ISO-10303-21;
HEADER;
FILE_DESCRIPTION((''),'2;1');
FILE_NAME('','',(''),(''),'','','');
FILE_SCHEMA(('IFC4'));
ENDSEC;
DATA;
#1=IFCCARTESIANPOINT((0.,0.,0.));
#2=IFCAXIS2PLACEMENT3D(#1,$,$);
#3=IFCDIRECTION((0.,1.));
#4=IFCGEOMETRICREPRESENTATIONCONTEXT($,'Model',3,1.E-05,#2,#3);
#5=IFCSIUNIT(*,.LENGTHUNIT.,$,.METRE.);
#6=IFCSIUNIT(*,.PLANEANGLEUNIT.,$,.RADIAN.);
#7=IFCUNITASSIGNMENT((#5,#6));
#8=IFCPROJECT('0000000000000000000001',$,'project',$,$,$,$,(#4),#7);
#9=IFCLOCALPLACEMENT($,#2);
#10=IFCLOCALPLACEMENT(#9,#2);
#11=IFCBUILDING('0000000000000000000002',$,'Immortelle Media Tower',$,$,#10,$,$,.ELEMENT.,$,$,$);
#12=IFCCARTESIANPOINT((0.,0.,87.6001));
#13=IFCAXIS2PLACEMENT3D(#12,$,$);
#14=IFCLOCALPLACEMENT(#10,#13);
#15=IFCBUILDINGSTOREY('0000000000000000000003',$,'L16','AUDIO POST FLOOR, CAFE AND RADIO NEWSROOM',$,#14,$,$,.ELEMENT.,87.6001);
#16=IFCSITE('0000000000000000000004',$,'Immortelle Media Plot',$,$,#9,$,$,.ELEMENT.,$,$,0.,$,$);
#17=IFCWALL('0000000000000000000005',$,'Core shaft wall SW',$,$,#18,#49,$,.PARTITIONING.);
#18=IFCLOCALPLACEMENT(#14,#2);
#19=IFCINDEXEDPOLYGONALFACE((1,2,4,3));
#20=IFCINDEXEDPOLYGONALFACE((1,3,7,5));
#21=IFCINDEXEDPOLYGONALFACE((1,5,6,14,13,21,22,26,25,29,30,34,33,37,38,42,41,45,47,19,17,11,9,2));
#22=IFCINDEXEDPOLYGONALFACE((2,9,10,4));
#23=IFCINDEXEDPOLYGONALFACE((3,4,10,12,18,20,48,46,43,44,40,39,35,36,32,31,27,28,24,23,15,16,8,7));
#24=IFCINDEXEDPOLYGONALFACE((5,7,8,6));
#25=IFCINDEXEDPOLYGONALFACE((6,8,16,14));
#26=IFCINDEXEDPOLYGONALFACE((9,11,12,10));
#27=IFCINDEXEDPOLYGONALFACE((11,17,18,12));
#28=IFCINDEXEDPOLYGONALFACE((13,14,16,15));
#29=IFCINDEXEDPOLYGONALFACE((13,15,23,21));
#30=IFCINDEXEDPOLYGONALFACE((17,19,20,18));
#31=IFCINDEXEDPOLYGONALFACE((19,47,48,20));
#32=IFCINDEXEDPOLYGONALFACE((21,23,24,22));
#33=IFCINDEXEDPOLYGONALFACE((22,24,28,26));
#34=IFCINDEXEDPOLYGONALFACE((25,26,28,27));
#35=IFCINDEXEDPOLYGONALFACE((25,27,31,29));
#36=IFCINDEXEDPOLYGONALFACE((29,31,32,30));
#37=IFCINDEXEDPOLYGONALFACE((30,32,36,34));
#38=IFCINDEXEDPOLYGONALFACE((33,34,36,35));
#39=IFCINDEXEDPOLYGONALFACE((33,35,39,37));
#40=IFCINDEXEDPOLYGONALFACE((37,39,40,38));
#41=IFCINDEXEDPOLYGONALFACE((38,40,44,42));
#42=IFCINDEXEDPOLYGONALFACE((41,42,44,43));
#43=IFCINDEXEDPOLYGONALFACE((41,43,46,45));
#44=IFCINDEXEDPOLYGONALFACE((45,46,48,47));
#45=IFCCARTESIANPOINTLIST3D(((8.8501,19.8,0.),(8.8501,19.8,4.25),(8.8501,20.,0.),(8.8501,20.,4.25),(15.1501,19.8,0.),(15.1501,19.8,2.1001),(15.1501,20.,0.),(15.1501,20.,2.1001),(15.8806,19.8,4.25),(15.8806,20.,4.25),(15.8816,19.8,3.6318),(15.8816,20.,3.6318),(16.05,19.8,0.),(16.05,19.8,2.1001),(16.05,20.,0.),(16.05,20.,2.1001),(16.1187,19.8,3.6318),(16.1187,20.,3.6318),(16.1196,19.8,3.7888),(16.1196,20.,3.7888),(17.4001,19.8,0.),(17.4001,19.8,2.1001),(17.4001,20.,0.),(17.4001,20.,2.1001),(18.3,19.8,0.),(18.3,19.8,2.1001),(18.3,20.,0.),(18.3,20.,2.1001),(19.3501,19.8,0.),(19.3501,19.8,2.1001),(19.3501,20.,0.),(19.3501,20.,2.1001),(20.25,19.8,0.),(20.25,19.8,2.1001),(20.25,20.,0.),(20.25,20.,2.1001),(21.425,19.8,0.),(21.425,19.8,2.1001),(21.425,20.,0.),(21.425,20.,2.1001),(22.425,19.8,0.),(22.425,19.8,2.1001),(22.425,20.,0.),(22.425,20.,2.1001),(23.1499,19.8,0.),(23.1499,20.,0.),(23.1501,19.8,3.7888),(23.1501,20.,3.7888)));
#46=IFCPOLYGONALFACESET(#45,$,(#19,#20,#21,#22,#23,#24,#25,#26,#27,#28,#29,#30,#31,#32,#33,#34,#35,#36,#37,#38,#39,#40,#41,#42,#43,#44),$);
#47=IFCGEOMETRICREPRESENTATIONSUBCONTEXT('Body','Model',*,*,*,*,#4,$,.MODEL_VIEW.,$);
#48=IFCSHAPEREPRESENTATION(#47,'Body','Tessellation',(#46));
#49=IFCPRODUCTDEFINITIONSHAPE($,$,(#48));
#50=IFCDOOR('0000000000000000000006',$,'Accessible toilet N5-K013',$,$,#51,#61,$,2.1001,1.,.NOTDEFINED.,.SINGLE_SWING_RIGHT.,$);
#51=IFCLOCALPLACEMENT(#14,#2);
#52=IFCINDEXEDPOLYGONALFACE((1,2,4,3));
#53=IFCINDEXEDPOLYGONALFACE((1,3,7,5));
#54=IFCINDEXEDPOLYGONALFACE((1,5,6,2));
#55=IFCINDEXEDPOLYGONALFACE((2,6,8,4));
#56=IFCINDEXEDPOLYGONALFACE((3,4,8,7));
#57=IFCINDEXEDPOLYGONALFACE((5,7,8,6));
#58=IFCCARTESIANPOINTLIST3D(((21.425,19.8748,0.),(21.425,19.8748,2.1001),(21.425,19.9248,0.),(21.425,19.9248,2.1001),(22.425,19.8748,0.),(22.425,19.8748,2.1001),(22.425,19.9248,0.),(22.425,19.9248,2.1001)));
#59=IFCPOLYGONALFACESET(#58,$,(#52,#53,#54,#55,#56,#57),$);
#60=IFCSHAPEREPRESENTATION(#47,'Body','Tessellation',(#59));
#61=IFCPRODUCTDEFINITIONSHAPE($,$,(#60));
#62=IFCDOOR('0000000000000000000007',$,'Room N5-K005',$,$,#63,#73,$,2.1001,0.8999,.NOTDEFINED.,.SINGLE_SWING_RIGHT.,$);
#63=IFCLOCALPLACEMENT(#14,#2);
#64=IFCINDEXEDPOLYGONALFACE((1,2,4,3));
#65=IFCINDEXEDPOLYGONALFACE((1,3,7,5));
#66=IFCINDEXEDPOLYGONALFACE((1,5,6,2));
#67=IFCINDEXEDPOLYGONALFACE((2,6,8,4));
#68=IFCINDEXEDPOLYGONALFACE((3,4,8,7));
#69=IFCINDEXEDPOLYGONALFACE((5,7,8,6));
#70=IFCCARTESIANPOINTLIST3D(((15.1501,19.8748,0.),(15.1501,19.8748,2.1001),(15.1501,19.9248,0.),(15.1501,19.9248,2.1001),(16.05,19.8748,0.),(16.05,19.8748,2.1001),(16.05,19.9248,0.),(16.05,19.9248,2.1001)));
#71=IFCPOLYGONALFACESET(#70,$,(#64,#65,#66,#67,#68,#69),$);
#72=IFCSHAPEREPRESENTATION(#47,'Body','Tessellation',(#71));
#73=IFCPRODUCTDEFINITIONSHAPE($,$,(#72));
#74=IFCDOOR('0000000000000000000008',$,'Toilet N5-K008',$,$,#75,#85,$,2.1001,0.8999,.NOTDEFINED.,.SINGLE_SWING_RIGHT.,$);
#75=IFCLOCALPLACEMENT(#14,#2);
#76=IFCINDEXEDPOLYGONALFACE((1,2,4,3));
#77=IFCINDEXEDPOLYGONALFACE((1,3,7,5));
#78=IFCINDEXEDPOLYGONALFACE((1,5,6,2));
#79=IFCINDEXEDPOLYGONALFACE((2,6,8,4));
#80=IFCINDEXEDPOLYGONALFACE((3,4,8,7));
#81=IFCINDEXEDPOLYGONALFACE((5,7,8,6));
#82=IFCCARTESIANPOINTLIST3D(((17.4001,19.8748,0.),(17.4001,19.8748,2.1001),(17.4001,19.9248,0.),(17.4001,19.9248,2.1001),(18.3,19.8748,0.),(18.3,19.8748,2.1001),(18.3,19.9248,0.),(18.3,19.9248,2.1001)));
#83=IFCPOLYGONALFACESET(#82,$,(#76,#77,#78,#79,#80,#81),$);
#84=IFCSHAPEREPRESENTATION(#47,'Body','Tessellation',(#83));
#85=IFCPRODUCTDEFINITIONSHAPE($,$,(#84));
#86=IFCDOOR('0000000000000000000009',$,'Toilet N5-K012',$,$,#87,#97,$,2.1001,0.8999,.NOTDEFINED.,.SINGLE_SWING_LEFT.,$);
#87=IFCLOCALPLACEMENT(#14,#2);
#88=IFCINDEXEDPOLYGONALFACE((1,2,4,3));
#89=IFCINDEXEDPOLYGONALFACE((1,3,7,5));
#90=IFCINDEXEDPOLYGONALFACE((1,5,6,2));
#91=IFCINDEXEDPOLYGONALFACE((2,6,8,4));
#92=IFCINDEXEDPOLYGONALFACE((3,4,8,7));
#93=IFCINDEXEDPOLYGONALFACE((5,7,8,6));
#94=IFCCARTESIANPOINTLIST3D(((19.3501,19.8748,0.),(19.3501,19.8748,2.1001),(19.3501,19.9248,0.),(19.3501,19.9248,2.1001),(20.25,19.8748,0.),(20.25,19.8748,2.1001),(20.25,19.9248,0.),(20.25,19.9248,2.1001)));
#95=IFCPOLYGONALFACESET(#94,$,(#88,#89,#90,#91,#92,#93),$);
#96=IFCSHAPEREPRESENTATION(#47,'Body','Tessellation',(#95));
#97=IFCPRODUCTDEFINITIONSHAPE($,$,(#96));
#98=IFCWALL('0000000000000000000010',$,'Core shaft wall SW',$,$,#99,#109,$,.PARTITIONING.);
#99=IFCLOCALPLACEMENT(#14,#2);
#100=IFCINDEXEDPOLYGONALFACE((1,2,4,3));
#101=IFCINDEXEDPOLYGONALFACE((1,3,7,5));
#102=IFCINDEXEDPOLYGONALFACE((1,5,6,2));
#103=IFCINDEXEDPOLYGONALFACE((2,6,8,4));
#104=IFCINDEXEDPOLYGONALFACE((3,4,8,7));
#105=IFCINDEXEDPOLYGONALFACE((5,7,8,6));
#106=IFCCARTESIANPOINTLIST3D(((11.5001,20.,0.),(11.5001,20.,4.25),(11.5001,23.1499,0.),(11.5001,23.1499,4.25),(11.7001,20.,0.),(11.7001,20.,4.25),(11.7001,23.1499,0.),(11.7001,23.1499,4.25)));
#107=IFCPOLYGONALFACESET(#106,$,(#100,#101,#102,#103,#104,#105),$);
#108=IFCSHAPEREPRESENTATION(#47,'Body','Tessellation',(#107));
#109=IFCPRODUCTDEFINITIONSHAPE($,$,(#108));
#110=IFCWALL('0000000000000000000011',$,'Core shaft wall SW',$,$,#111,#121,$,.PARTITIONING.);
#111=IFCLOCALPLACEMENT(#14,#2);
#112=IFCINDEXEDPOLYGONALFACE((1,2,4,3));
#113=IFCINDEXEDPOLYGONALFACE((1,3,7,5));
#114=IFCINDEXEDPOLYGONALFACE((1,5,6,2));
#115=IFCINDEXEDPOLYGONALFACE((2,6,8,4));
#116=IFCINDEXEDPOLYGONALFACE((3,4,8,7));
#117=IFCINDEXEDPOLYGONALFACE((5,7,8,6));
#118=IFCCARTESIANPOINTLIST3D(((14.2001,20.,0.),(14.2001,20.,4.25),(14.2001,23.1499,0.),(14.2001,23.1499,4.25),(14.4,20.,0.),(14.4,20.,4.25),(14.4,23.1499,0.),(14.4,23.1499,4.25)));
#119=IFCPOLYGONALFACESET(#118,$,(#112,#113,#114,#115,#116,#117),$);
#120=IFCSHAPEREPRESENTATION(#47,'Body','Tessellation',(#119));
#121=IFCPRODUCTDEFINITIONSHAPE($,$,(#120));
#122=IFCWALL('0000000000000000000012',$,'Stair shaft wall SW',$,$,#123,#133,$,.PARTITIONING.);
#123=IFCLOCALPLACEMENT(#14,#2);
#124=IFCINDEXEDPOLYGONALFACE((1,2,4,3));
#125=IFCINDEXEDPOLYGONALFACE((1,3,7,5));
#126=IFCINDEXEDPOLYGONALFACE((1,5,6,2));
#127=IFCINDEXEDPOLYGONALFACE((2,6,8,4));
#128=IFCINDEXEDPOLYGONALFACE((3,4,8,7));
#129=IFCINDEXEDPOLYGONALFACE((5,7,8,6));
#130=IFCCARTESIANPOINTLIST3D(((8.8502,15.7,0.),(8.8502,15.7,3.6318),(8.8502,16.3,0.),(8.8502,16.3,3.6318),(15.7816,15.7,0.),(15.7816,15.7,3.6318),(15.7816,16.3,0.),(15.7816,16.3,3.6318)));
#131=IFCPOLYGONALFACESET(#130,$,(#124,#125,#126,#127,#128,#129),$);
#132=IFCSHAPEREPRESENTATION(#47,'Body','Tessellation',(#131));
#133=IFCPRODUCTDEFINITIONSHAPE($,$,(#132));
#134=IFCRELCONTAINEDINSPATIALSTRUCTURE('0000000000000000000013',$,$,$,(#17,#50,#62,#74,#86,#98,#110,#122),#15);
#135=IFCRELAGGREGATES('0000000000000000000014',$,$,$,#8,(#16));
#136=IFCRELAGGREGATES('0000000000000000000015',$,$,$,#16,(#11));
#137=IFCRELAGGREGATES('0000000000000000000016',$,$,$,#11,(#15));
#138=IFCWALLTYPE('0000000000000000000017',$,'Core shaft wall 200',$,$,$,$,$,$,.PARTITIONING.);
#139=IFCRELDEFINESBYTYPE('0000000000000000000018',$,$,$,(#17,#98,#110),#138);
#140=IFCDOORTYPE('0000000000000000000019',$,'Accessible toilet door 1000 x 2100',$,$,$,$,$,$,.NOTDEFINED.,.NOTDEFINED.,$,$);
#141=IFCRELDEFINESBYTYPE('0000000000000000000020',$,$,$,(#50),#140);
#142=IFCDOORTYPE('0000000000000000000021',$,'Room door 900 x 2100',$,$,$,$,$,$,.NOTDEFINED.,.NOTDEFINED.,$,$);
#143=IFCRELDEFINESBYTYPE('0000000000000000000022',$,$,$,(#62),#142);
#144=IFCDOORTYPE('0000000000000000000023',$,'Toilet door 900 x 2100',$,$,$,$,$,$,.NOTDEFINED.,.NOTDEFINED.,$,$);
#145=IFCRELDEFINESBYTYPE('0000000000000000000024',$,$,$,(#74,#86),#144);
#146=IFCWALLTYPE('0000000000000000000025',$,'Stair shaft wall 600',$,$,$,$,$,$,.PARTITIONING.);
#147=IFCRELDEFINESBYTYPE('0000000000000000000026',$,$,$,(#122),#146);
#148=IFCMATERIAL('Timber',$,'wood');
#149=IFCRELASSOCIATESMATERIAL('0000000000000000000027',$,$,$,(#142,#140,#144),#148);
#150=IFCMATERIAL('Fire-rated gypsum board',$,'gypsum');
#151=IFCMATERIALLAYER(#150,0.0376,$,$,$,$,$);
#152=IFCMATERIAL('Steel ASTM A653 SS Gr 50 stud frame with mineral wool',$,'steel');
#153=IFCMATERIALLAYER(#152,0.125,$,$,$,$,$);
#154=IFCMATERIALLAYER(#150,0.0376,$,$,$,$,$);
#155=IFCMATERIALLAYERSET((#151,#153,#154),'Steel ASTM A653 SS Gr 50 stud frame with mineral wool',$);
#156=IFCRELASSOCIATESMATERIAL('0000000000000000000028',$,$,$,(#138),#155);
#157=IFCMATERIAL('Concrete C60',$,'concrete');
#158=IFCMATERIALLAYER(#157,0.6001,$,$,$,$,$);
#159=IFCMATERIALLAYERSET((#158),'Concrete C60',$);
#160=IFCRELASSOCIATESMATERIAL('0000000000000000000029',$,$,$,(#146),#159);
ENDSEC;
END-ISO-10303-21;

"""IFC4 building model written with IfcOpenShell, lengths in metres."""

from ifc_helpers import new_model, si_unit, direction, frame, frame_2d, origin, place, context, subcontext, project, spatial, polyline, rectangle, outline, extrude, material, layer, layer_set, type_object, element, fill, save


model = new_model("IFC4")

# Units and contexts
model_context = context("Model", 3, precision=1e-05, world=origin(), true_north=direction((0.0, 1.0)))
body_context = subcontext(model_context, "Body", "Model", "MODEL_VIEW")
ifc_project = project(units=[si_unit("LENGTHUNIT", "METRE"), si_unit("PLANEANGLEUNIT", "RADIAN")], contexts=[model_context])

# Site, building, storey
site_placement = place(None, origin())
site = spatial("IfcSite", under=ifc_project, at=site_placement, Name="Immortelle Media Plot", CompositionType="ELEMENT", RefElevation=0.0)
building_placement = place(site_placement, origin())
building = spatial("IfcBuilding", under=site, at=building_placement, Name="Immortelle Media Tower", CompositionType="ELEMENT")
storey_placement = place(building_placement, frame((0.0, 0.0, 87.6001)))
storey = spatial("IfcBuildingStorey", under=building, at=storey_placement, Name="L16", Description="AUDIO POST FLOOR, CAFE AND RADIO NEWSROOM", CompositionType="ELEMENT", Elevation=87.6001)

# Shared definitions
ifc_material_1 = material(Name="Fire-rated gypsum board", Category="gypsum")
ifc_material_2 = material(Name="Steel ASTM A653 SS Gr 50 stud frame with mineral wool", Category="steel")

# Shared definitions
ifc_material_3 = material(Name="Timber", Category="wood")
door_type_1 = type_object("IfcDoorType", Name="Room door 900 x 2100", OperationType="NOTDEFINED", PredefinedType="NOTDEFINED", material=ifc_material_3)

# Wall, openings, doors
ifc_layer_1 = layer(ifc_material_1, 0.0376)
ifc_layer_2 = layer(ifc_material_2, 0.125)
ifc_layer_3 = layer(ifc_material_1, 0.0376)
ifc_layer_set_1 = layer_set([ifc_layer_1, ifc_layer_2, ifc_layer_3], Name="Steel ASTM A653 SS Gr 50 stud frame with mineral wool")
wall_type_1 = type_object("IfcWallType", Name="Core shaft wall 200", PredefinedType="PARTITIONING", material=ifc_layer_set_1)
wall_1_placement = place(storey_placement, frame((8.8501, 19.8999, 0.0), z_axis=(0.0, 0.0, 1.0), x_axis=(1.0, 0.0, 0.0)))
wall_1 = element("IfcWall", 1, at=wall_1_placement, inside=storey, type_object=wall_type_1, Name="Core shaft wall SW", PredefinedType="PARTITIONING", context=body_context, shape_type="SweptSolid", body=[
    extrude(outline(polyline([(0.0, 0.0), (14.2998, 0.0), (14.3, 3.7888), (7.2695, 3.7888), (7.2686, 3.6318), (7.0315, 3.6318), (7.0305, 4.25), (0.0, 4.25), (0.0, 0.0)])), frame((0.0, 0.1001, 0.0), z_axis=(0.0, -1.0, 0.0), x_axis=(1.0, 0.0, 0.0)), (0.0, 0.0, 1.0), 0.2),
])
opening_1_placement = place(wall_1_placement, frame((6.3, 0.0, 0.0)))
opening_1 = element("IfcOpeningElement", 2, at=opening_1_placement, cuts=wall_1, PredefinedType="OPENING", context=body_context, shape_type="SweptSolid", body=[
    extrude(rectangle(XDim=0.8999, YDim=2.1001, at=frame_2d((0.45, 1.05))), frame((0.0, 0.1099, 0.0), z_axis=(0.0, -1.0, 0.0), x_axis=(1.0, 0.0, 0.0)), (0.0, 0.0, 1.0), 0.22),
])
opening_2_placement = place(wall_1_placement, frame((8.55, 0.0, 0.0)))
opening_2 = element("IfcOpeningElement", 3, at=opening_2_placement, cuts=wall_1, PredefinedType="OPENING", context=body_context, shape_type="SweptSolid", body=[
    extrude(rectangle(XDim=0.8999, YDim=2.1001, at=frame_2d((0.45, 1.05))), frame((0.0, 0.1099, 0.0), z_axis=(0.0, -1.0, 0.0), x_axis=(1.0, 0.0, 0.0)), (0.0, 0.0, 1.0), 0.22),
])
opening_3_placement = place(wall_1_placement, frame((10.5, 0.0, 0.0)))
opening_3 = element("IfcOpeningElement", 4, at=opening_3_placement, cuts=wall_1, PredefinedType="OPENING", context=body_context, shape_type="SweptSolid", body=[
    extrude(rectangle(XDim=0.8999, YDim=2.1001, at=frame_2d((0.45, 1.05))), frame((0.0, 0.1099, 0.0), z_axis=(0.0, -1.0, 0.0), x_axis=(1.0, 0.0, 0.0)), (0.0, 0.0, 1.0), 0.22),
])
opening_4_placement = place(wall_1_placement, frame((12.575, 0.0, 0.0)))
opening_4 = element("IfcOpeningElement", 5, at=opening_4_placement, cuts=wall_1, PredefinedType="OPENING", context=body_context, shape_type="SweptSolid", body=[
    extrude(rectangle(XDim=1.0, YDim=2.1001, at=frame_2d((0.5, 1.05))), frame((0.0, 0.1099, 0.0), z_axis=(0.0, -1.0, 0.0), x_axis=(1.0, 0.0, 0.0)), (0.0, 0.0, 1.0), 0.22),
])
door_type_2 = type_object("IfcDoorType", Name="Accessible toilet door 1000 x 2100", OperationType="NOTDEFINED", PredefinedType="NOTDEFINED", material=ifc_material_3)
door_1_placement = place(opening_4_placement, origin())
door_1 = element("IfcDoor", 6, at=door_1_placement, inside=storey, type_object=door_type_2, Name="Accessible toilet N5-K013", OperationType="SINGLE_SWING_RIGHT", OverallHeight=2.1001, OverallWidth=1.0, PredefinedType="NOTDEFINED", context=body_context, shape_type="SweptSolid", body=[
    extrude(rectangle(XDim=1.0, YDim=2.1001, at=frame_2d((0.5, 1.05))), frame((0.0, 0.0249, 0.0), z_axis=(0.0, -1.0, 0.0), x_axis=(1.0, 0.0, 0.0)), (0.0, 0.0, 1.0), 0.05),
])
fill(opening_4, door_1)
door_2_placement = place(opening_1_placement, origin())
door_2 = element("IfcDoor", 7, at=door_2_placement, inside=storey, type_object=door_type_1, Name="Room N5-K005", OperationType="SINGLE_SWING_RIGHT", OverallHeight=2.1001, OverallWidth=0.8999, PredefinedType="NOTDEFINED", context=body_context, shape_type="SweptSolid", body=[
    extrude(rectangle(XDim=0.8999, YDim=2.1001, at=frame_2d((0.45, 1.05))), frame((0.0, 0.0249, 0.0), z_axis=(0.0, -1.0, 0.0), x_axis=(1.0, 0.0, 0.0)), (0.0, 0.0, 1.0), 0.05),
])
fill(opening_1, door_2)
door_type_3 = type_object("IfcDoorType", Name="Toilet door 900 x 2100", OperationType="NOTDEFINED", PredefinedType="NOTDEFINED", material=ifc_material_3)
door_3_placement = place(opening_2_placement, origin())
door_3 = element("IfcDoor", 8, at=door_3_placement, inside=storey, type_object=door_type_3, Name="Toilet N5-K008", OperationType="SINGLE_SWING_RIGHT", OverallHeight=2.1001, OverallWidth=0.8999, PredefinedType="NOTDEFINED", context=body_context, shape_type="SweptSolid", body=[
    extrude(rectangle(XDim=0.8999, YDim=2.1001, at=frame_2d((0.45, 1.05))), frame((0.0, 0.0249, 0.0), z_axis=(0.0, -1.0, 0.0), x_axis=(1.0, 0.0, 0.0)), (0.0, 0.0, 1.0), 0.05),
])
fill(opening_2, door_3)
door_4_placement = place(opening_3_placement, origin())
door_4 = element("IfcDoor", 9, at=door_4_placement, inside=storey, type_object=door_type_3, Name="Toilet N5-K012", OperationType="SINGLE_SWING_LEFT", OverallHeight=2.1001, OverallWidth=0.8999, PredefinedType="NOTDEFINED", context=body_context, shape_type="SweptSolid", body=[
    extrude(rectangle(XDim=0.8999, YDim=2.1001, at=frame_2d((0.45, 1.05))), frame((0.0, 0.0249, 0.0), z_axis=(0.0, -1.0, 0.0), x_axis=(1.0, 0.0, 0.0)), (0.0, 0.0, 1.0), 0.05),
])
fill(opening_3, door_4)

# Walls
for number, where, z_axis, x_axis, name in (
    (10, (11.6001, 20.0, 0.0), (0.0, 0.0, 1.0), (0.0, 1.0, 0.0), "Core shaft wall SW"),
    (11, (14.3, 20.0, 0.0), (0.0, 0.0, 1.0), (0.0, 1.0, 0.0), "Core shaft wall SW"),
):
    element("IfcWall", number, at=place(storey_placement, frame(where, z_axis=z_axis, x_axis=x_axis)), inside=storey, type_object=wall_type_1, Name=name, PredefinedType="PARTITIONING", context=body_context, shape_type="SweptSolid", body=[
        extrude(rectangle(XDim=3.1499, YDim=0.2, at=frame_2d((1.575, 0.0))), origin(), (0.0, 0.0, 1.0), 4.25),
    ])
ifc_material_4 = material(Name="Concrete C60", Category="concrete")
ifc_layer_4 = layer(ifc_material_4, 0.6001)
ifc_layer_set_2 = layer_set([ifc_layer_4], Name="Concrete C60")
wall_type_2 = type_object("IfcWallType", Name="Stair shaft wall 600", PredefinedType="PARTITIONING", material=ifc_layer_set_2)
wall_2_placement = place(storey_placement, frame((8.8501, 16.0, 0.0), z_axis=(0.0, 0.0, 1.0), x_axis=(1.0, 0.0, 0.0)))
element("IfcWall", 12, at=wall_2_placement, inside=storey, type_object=wall_type_2, Name="Stair shaft wall SW", PredefinedType="PARTITIONING", context=body_context, shape_type="SweptSolid", body=[
    extrude(rectangle(XDim=6.9314, YDim=0.6001, at=frame_2d((3.4658, 0.0))), origin(), (0.0, 0.0, 1.0), 3.6318),
])

save(model, "model.ifc")
